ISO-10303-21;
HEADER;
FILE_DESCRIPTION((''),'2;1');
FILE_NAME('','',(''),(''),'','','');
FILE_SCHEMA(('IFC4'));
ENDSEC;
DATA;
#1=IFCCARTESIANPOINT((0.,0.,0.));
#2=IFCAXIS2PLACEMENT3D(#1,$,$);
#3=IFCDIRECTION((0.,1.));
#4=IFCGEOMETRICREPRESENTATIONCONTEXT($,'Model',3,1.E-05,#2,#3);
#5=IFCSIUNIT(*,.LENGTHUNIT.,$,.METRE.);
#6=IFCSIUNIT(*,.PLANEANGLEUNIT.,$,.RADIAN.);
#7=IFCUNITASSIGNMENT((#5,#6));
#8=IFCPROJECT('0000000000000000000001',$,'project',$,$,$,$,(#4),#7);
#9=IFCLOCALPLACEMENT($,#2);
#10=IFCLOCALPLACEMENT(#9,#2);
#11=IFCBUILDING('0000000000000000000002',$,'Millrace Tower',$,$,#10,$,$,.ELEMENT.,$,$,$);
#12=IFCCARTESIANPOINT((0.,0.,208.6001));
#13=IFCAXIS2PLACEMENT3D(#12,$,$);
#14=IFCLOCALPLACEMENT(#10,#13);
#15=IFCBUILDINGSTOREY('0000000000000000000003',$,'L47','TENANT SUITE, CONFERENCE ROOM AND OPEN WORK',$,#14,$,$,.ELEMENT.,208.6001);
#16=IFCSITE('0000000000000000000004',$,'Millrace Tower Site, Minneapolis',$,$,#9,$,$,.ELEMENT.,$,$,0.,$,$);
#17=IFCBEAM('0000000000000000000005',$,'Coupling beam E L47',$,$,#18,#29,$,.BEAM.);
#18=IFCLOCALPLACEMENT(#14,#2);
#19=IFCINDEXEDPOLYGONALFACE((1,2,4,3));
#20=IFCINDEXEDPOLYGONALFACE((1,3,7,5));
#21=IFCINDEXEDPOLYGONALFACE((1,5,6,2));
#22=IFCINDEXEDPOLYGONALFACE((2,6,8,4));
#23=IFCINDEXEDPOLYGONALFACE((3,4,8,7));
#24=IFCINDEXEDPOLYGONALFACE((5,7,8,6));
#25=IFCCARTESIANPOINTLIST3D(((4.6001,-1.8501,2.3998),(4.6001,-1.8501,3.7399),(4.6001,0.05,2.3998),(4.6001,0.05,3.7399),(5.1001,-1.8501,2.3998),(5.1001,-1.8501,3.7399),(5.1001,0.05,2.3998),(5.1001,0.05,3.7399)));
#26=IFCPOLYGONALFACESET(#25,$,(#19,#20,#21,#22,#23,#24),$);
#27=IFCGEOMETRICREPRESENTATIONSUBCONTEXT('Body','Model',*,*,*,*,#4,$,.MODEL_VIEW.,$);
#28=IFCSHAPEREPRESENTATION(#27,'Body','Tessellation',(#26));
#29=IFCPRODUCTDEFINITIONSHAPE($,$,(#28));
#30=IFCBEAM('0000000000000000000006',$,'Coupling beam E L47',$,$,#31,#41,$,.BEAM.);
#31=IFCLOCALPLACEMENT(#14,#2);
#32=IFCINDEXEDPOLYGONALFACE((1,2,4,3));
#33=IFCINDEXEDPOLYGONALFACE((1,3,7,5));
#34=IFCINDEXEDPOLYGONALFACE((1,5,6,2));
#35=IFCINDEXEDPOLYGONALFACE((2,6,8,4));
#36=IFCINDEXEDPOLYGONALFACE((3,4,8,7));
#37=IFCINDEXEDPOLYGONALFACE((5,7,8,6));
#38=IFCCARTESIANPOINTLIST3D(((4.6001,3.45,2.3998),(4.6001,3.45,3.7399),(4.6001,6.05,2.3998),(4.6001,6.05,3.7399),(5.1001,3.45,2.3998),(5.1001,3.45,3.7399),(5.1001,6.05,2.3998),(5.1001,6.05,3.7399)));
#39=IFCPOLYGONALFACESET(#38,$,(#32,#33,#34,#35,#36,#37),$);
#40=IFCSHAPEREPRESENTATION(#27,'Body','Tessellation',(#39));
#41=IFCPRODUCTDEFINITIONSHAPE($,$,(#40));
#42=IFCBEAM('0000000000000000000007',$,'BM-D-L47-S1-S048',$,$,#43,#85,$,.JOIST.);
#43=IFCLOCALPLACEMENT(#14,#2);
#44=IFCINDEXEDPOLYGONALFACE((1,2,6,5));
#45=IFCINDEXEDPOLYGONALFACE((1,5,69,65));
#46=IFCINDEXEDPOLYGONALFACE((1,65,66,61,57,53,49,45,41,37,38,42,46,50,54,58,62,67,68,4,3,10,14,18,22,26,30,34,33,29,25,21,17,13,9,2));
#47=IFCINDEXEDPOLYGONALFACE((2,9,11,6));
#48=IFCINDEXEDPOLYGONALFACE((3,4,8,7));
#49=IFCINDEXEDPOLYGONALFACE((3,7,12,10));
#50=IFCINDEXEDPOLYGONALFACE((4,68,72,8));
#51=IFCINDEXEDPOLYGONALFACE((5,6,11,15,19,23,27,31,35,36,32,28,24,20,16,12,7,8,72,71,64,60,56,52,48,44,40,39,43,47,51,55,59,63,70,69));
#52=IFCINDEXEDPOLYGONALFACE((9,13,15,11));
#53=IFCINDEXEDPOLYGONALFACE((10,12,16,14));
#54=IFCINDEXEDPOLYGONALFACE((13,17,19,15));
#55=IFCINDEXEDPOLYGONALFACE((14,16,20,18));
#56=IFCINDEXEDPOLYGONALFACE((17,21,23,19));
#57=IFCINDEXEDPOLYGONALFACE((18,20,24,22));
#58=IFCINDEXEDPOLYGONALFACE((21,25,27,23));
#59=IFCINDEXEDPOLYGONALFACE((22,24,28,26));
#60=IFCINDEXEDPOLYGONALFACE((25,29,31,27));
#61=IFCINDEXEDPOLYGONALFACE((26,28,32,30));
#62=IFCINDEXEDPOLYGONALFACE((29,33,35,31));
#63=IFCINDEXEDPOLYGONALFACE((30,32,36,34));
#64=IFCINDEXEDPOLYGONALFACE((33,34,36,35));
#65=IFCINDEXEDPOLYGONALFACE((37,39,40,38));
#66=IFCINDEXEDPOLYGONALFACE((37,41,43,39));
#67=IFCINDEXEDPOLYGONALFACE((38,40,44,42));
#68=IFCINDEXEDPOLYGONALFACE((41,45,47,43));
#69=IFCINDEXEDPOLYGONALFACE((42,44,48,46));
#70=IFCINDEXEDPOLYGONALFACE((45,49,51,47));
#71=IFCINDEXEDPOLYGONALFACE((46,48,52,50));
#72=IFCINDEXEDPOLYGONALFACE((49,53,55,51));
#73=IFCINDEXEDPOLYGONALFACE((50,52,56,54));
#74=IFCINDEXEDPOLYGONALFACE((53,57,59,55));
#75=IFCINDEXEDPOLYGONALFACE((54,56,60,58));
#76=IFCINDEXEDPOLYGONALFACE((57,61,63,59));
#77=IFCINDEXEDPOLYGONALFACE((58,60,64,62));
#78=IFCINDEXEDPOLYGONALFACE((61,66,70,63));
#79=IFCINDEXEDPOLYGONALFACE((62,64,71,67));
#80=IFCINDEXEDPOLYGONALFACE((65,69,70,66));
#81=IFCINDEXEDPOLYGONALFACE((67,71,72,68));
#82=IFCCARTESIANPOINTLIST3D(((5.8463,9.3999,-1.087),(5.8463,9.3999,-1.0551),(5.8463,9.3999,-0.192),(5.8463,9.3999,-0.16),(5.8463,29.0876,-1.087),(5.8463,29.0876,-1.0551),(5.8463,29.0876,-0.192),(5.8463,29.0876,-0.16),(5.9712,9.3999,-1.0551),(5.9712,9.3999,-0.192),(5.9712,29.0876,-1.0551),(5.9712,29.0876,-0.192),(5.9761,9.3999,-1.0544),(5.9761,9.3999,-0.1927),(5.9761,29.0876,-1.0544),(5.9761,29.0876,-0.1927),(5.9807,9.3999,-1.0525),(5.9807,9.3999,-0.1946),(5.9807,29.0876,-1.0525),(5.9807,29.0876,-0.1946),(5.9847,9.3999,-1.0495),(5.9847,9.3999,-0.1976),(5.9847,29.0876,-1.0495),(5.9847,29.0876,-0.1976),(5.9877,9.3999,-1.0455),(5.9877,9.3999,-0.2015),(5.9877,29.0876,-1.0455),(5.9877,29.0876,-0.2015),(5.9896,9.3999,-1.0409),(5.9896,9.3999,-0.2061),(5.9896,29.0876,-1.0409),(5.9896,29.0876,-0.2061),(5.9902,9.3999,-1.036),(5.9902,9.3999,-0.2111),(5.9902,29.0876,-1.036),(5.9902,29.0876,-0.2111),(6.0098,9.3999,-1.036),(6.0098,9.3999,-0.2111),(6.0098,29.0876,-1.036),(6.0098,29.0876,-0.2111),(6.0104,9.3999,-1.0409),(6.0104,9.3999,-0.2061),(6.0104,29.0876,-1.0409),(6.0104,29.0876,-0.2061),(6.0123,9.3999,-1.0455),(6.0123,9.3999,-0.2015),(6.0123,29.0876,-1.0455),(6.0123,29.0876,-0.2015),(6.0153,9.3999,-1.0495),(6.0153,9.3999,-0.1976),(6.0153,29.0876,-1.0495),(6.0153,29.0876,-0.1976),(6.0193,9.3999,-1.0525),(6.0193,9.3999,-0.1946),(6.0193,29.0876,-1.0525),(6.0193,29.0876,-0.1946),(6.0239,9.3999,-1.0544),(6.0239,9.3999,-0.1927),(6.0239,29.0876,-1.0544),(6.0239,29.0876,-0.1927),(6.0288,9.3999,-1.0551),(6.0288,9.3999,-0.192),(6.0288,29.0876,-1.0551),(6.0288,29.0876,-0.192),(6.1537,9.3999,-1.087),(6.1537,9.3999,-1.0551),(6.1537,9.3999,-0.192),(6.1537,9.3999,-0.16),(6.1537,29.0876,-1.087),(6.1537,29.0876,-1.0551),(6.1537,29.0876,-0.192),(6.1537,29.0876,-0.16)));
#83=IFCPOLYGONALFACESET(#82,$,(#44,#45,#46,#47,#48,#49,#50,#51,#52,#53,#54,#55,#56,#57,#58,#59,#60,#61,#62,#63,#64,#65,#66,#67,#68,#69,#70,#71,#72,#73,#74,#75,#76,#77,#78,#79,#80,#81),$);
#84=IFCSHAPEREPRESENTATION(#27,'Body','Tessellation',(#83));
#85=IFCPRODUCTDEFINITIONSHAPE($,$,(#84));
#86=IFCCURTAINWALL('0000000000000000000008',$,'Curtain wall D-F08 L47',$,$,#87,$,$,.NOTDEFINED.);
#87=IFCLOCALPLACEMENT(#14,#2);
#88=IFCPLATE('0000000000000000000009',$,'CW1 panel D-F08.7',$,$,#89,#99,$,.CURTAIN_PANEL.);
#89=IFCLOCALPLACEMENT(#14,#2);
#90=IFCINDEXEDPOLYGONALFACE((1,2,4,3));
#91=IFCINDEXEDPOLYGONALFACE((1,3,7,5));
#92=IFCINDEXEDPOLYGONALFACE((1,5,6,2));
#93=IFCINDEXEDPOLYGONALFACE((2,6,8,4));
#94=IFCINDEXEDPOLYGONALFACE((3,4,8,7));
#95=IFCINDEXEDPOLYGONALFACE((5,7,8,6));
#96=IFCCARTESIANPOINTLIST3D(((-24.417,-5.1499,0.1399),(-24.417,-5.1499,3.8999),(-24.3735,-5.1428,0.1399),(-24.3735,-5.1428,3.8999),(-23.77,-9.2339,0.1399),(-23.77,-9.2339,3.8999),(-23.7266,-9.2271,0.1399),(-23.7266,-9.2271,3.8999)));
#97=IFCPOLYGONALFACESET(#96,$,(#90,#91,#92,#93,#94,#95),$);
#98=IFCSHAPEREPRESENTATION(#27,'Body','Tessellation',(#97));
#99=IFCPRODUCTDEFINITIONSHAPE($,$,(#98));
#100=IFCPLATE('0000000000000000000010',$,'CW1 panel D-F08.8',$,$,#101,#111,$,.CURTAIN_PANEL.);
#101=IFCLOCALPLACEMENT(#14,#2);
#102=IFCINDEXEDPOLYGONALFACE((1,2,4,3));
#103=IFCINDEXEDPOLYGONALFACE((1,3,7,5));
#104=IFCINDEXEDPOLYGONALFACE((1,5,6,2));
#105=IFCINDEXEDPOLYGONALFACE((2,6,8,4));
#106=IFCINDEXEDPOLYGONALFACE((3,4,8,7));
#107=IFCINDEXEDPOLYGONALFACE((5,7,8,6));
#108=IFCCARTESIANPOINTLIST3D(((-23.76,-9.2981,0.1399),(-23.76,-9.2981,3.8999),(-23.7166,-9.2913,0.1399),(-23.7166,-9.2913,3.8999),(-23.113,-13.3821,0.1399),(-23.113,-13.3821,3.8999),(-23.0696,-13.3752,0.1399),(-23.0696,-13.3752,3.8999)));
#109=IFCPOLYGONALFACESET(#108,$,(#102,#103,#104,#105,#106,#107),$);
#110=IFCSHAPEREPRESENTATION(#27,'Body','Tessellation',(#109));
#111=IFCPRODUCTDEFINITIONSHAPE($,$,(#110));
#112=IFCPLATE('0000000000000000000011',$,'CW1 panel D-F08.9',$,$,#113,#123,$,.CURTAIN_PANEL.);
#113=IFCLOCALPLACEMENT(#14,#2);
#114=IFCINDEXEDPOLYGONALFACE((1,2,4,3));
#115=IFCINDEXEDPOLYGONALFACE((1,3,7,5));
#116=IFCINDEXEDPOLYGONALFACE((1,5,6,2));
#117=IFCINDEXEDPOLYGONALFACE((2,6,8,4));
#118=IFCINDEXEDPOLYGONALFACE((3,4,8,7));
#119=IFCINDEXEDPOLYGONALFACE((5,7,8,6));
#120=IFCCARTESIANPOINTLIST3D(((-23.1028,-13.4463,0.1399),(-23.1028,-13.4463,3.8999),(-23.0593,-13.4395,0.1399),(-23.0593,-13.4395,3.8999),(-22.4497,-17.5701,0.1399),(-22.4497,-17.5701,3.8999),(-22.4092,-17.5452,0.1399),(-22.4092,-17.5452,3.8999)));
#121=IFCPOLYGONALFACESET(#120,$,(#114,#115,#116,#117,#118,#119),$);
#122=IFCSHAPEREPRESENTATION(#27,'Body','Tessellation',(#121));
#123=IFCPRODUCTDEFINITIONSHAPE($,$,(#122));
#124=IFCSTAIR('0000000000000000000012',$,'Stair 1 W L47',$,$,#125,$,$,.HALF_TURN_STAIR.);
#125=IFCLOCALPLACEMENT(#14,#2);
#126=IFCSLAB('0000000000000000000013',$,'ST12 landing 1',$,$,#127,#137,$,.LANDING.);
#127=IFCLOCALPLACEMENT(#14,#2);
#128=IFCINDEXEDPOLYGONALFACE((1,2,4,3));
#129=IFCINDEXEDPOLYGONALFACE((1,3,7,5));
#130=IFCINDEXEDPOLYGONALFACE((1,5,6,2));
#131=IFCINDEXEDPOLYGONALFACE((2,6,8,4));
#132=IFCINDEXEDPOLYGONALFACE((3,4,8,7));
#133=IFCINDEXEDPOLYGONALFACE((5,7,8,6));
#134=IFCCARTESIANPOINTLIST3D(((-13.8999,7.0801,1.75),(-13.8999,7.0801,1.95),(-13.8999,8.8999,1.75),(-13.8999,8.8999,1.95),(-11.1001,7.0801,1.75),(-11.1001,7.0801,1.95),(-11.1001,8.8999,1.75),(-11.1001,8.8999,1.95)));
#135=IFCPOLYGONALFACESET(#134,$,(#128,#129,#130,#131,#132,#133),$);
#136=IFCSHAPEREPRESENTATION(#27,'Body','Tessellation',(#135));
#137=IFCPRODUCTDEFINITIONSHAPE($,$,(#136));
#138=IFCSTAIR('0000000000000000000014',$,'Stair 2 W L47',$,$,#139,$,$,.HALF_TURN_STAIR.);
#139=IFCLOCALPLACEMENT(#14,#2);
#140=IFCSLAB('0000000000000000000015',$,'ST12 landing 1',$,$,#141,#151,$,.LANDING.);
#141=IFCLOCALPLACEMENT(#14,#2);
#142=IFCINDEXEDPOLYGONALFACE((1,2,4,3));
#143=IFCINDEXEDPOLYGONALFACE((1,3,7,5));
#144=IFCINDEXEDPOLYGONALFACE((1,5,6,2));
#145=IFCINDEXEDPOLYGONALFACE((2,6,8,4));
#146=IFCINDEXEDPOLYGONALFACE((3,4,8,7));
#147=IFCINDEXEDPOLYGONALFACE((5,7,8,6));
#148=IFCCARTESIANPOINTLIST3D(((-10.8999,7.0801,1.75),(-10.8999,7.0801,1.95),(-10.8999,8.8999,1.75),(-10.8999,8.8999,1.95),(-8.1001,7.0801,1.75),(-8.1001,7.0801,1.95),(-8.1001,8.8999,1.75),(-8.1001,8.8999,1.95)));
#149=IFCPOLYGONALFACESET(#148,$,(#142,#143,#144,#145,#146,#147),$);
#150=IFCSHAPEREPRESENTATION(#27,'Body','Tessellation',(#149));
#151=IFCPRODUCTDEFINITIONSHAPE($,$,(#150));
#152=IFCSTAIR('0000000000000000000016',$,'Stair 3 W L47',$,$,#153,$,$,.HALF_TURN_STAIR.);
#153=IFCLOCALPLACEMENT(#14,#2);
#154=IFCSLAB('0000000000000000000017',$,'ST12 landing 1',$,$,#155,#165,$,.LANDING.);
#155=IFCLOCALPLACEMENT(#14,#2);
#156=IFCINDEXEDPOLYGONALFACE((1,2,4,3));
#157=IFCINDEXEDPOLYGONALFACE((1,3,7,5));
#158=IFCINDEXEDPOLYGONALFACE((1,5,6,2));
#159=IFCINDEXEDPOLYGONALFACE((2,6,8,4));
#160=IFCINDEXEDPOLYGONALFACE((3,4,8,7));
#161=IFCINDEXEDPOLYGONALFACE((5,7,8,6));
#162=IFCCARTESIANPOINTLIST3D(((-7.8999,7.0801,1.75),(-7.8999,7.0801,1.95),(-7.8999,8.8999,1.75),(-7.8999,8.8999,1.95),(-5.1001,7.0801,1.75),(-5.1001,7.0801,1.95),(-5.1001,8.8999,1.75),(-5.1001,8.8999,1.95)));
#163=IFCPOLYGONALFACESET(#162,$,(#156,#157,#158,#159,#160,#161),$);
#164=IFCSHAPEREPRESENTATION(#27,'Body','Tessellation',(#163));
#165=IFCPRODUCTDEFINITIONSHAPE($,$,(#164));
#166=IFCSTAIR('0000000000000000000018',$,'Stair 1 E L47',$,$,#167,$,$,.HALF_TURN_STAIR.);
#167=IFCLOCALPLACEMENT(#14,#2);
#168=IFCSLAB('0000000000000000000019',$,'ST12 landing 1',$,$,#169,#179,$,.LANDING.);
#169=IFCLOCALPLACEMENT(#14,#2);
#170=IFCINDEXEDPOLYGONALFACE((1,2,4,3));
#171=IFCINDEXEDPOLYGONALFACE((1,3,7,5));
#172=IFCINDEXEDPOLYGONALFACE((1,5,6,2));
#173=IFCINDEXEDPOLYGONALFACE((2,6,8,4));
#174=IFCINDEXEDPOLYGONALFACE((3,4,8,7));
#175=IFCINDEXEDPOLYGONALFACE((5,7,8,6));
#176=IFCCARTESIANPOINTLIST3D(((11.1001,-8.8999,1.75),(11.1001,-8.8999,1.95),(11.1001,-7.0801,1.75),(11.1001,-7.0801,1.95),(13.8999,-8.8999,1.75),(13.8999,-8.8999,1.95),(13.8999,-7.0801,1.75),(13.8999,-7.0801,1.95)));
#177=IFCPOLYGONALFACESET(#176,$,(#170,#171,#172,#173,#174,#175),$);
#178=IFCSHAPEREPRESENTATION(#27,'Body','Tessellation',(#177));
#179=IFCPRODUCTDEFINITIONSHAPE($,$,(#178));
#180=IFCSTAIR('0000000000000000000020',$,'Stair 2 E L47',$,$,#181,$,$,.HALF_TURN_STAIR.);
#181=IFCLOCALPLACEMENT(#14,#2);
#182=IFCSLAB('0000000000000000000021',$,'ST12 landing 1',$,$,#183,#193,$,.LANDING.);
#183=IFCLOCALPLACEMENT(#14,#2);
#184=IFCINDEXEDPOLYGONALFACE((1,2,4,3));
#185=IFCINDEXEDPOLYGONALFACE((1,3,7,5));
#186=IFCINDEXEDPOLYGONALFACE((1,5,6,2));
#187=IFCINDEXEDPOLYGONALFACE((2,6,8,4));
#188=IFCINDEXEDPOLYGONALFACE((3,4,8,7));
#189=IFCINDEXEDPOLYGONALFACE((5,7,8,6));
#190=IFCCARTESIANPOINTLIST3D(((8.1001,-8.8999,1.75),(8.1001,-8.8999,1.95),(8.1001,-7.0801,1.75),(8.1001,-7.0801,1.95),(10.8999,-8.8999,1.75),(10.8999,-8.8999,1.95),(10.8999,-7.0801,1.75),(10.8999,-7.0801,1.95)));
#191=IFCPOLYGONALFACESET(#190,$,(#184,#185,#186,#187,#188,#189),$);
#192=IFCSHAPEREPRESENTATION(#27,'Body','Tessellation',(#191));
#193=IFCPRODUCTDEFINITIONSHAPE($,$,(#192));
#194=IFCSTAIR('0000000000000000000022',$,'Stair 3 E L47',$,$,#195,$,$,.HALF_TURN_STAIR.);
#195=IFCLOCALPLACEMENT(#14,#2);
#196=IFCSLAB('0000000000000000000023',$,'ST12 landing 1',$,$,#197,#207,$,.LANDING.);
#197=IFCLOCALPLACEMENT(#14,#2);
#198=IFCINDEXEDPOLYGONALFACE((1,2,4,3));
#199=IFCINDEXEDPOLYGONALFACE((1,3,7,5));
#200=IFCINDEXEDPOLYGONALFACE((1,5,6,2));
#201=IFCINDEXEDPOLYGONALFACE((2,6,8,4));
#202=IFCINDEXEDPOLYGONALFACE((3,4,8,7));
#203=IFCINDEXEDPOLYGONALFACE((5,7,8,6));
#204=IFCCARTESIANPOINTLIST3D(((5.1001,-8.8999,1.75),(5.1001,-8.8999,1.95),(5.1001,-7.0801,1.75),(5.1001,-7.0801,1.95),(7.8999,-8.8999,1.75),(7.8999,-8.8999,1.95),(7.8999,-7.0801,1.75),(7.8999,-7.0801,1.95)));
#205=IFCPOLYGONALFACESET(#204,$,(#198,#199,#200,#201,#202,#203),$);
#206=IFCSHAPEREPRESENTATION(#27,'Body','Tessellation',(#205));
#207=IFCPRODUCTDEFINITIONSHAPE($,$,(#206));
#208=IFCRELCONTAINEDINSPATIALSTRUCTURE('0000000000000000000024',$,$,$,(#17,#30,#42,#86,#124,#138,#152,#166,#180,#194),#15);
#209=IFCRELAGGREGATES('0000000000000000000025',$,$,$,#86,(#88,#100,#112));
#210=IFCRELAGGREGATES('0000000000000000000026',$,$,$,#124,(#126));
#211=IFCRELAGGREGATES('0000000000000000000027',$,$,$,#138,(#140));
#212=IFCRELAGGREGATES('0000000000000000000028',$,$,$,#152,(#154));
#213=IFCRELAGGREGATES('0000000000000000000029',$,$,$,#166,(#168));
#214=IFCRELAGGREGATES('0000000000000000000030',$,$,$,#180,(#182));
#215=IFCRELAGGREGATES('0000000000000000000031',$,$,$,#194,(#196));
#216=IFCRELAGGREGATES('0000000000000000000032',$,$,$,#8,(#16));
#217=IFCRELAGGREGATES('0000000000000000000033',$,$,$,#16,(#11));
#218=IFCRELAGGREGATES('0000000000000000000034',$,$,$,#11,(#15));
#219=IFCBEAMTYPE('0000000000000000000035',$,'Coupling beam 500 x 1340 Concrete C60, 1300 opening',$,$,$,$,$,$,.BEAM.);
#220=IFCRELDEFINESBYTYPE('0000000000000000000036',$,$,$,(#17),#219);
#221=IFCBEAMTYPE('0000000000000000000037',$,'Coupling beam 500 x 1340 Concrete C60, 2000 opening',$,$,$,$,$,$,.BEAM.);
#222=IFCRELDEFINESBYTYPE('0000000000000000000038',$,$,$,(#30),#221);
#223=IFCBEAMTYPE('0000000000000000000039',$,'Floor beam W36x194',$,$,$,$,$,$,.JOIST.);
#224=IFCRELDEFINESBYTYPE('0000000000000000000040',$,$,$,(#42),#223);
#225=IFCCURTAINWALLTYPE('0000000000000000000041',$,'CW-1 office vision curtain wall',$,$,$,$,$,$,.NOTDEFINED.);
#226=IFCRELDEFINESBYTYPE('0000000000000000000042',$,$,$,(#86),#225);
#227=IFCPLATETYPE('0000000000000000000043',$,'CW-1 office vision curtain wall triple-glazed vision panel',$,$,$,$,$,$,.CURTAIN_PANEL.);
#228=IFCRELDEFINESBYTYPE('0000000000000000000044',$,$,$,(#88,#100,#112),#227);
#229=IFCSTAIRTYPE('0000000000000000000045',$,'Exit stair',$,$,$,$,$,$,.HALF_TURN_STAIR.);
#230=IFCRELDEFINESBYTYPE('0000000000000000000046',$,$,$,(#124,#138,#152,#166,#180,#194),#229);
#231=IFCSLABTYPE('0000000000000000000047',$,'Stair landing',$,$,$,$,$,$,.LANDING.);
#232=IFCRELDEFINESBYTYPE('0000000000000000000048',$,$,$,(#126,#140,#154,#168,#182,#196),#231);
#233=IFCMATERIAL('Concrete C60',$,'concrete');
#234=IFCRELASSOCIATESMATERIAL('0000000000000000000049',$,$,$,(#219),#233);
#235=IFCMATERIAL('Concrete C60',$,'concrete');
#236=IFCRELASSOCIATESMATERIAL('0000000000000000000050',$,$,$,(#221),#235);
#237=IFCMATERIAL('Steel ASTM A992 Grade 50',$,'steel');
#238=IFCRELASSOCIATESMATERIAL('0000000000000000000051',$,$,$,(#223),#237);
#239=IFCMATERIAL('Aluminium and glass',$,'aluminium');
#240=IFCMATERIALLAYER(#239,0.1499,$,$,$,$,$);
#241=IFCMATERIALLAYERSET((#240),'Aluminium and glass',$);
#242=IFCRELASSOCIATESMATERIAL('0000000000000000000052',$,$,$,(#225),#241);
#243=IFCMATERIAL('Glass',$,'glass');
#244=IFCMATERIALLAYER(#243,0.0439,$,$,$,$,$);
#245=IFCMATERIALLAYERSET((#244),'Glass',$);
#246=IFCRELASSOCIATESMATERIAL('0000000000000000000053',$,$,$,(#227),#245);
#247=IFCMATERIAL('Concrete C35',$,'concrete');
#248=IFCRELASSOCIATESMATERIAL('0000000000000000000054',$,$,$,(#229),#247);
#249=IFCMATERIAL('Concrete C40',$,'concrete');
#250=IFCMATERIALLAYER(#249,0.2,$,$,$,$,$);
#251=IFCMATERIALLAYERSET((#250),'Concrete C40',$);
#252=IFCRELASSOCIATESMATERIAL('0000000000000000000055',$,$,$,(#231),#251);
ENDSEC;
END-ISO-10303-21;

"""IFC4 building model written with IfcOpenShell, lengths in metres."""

from ifc_helpers import new_model, si_unit, direction, frame, origin, origin_2d, place, context, subcontext, project, spatial, polyline, rectangle, i_section, outline, extrude, material, layer, layer_set, material_profile, profile_set, type_object, element, aggregate, save


model = new_model("IFC4")

# Units and contexts
model_context = context("Model", 3, precision=1e-05, world=origin(), true_north=direction((0.0, 1.0)))
body_context = subcontext(model_context, "Body", "Model", "MODEL_VIEW")
ifc_project = project(units=[si_unit("LENGTHUNIT", "METRE"), si_unit("PLANEANGLEUNIT", "RADIAN")], contexts=[model_context])

# Site, building, storey
site_placement = place(None, origin())
site = spatial("IfcSite", under=ifc_project, at=site_placement, Name="Millrace Tower Site, Minneapolis", CompositionType="ELEMENT", RefElevation=0.0)
building_placement = place(site_placement, origin())
building = spatial("IfcBuilding", under=site, at=building_placement, Name="Millrace Tower", CompositionType="ELEMENT")
storey_placement = place(building_placement, frame((0.0, 0.0, 208.6001)))
storey = spatial("IfcBuildingStorey", under=building, at=storey_placement, Name="L47", Description="TENANT SUITE, CONFERENCE ROOM AND OPEN WORK", CompositionType="ELEMENT", Elevation=208.6001)

# Beams
ifc_material_1 = material(Name="Concrete C60", Category="concrete")
ifc_material_profile_1 = material_profile(ifc_material_1, rectangle(XDim=0.5, YDim=1.3401, at=origin_2d()))
ifc_profile_set_1 = profile_set([ifc_material_profile_1], Name="Concrete C60")
beam_type_1 = type_object("IfcBeamType", Name="Coupling beam 500 x 1340 Concrete C60, 1300 opening", PredefinedType="BEAM", material=ifc_profile_set_1)
beam_1_placement = place(storey_placement, frame((4.8501, 0.05, 3.0698), z_axis=(0.0, -1.0, 0.0), x_axis=(1.0, 0.0, 0.0)))
element("IfcBeam", 1, at=beam_1_placement, inside=storey, type_object=beam_type_1, Name="Coupling beam E L47", PredefinedType="BEAM", context=body_context, shape_type="SweptSolid", body=[
    extrude(rectangle(XDim=0.5, YDim=1.3401, at=origin_2d()), origin(), (0.0, 0.0, 1.0), 1.9001),
])
ifc_material_2 = material(Name="Concrete C60", Category="concrete")
ifc_material_profile_2 = material_profile(ifc_material_2, rectangle(XDim=0.5, YDim=1.3401, at=origin_2d()))
ifc_profile_set_2 = profile_set([ifc_material_profile_2], Name="Concrete C60")
beam_type_2 = type_object("IfcBeamType", Name="Coupling beam 500 x 1340 Concrete C60, 2000 opening", PredefinedType="BEAM", material=ifc_profile_set_2)
beam_2_placement = place(storey_placement, frame((4.8501, 6.05, 3.0698), z_axis=(0.0, -1.0, 0.0), x_axis=(1.0, 0.0, 0.0)))
element("IfcBeam", 2, at=beam_2_placement, inside=storey, type_object=beam_type_2, Name="Coupling beam E L47", PredefinedType="BEAM", context=body_context, shape_type="SweptSolid", body=[
    extrude(rectangle(XDim=0.5, YDim=1.3401, at=origin_2d()), origin(), (0.0, 0.0, 1.0), 2.6001),
])
ifc_material_3 = material(Name="Steel ASTM A992 Grade 50", Category="steel")
ifc_material_profile_3 = material_profile(ifc_material_3, i_section(OverallWidth=0.3074, OverallDepth=0.927, WebThickness=0.0195, FlangeThickness=0.032, FilletRadius=0.019, at=origin_2d()))
ifc_profile_set_3 = profile_set([ifc_material_profile_3], Name="Steel ASTM A992 Grade 50")
beam_type_3 = type_object("IfcBeamType", Name="Floor beam W36x194", PredefinedType="JOIST", material=ifc_profile_set_3)
beam_3_placement = place(storey_placement, frame((6.0, 9.3999, -0.6235), z_axis=(0.0, 1.0, 0.0), x_axis=(-1.0, 0.0, 0.0)))
element("IfcBeam", 3, at=beam_3_placement, inside=storey, type_object=beam_type_3, Name="BM-D-L47-S1-S048", PredefinedType="JOIST", context=body_context, shape_type="SweptSolid", body=[
    extrude(i_section(OverallWidth=0.3074, OverallDepth=0.927, WebThickness=0.0195, FlangeThickness=0.032, FilletRadius=0.019, at=origin_2d()), origin(), (0.0, 0.0, 1.0), 19.6877),
])

# Curtain wall, plates
ifc_material_4 = material(Name="Aluminium and glass", Category="aluminium")
ifc_layer_1 = layer(ifc_material_4, 0.1499)
ifc_layer_set_1 = layer_set([ifc_layer_1], Name="Aluminium and glass")
curtain_wall_type = type_object("IfcCurtainWallType", Name="CW-1 office vision curtain wall", PredefinedType="NOTDEFINED", material=ifc_layer_set_1)
placement_1 = place(storey_placement, origin())
curtain_wall = element("IfcCurtainWall", 4, at=placement_1, inside=storey, type_object=curtain_wall_type, Name="Curtain wall D-F08 L47", PredefinedType="NOTDEFINED")
ifc_material_5 = material(Name="Glass", Category="glass")
ifc_layer_2 = layer(ifc_material_5, 0.0439)
ifc_layer_set_2 = layer_set([ifc_layer_2], Name="Glass")
plate_type = type_object("IfcPlateType", Name="CW-1 office vision curtain wall triple-glazed vision panel", PredefinedType="CURTAIN_PANEL", material=ifc_layer_set_2)
placement_2 = place(storey_placement, frame((0.0, 0.0, 0.1399)))
plate_1 = element("IfcPlate", 5, at=placement_2, type_object=plate_type, Name="CW1 panel D-F08.7", PredefinedType="CURTAIN_PANEL", context=body_context, shape_type="SweptSolid", body=[
    extrude(outline(polyline([(-24.417, -5.1499), (-23.77, -9.2339), (-23.7266, -9.2271), (-24.3735, -5.1428), (-24.417, -5.1499)])), origin(), (0.0, 0.0, 1.0), 3.76),
])
plate_2 = element("IfcPlate", 6, at=placement_2, type_object=plate_type, Name="CW1 panel D-F08.8", PredefinedType="CURTAIN_PANEL", context=body_context, shape_type="SweptSolid", body=[
    extrude(outline(polyline([(-23.76, -9.2981), (-23.113, -13.3821), (-23.0696, -13.3752), (-23.7166, -9.2913), (-23.76, -9.2981)])), origin(), (0.0, 0.0, 1.0), 3.76),
])
plate_3 = element("IfcPlate", 7, at=placement_2, type_object=plate_type, Name="CW1 panel D-F08.9", PredefinedType="CURTAIN_PANEL", context=body_context, shape_type="SweptSolid", body=[
    extrude(outline(polyline([(-23.1028, -13.4463), (-22.4497, -17.5701), (-22.4092, -17.5452), (-23.0593, -13.4395), (-23.1028, -13.4463)])), origin(), (0.0, 0.0, 1.0), 3.76),
])
aggregate(curtain_wall, [plate_1, plate_2, plate_3])

# Stairs, slabs
ifc_material_6 = material(Name="Concrete C35", Category="concrete")
stair_type = type_object("IfcStairType", Name="Exit stair", PredefinedType="HALF_TURN_STAIR", material=ifc_material_6)
stair_1 = element("IfcStair", 8, at=placement_1, inside=storey, type_object=stair_type, Name="Stair 1 W L47", PredefinedType="HALF_TURN_STAIR")
ifc_material_7 = material(Name="Concrete C40", Category="concrete")
ifc_layer_3 = layer(ifc_material_7, 0.2)
ifc_layer_set_3 = layer_set([ifc_layer_3], Name="Concrete C40")
slab_type = type_object("IfcSlabType", Name="Stair landing", PredefinedType="LANDING", material=ifc_layer_set_3)
placement_3 = place(storey_placement, frame((0.0, 0.0, 1.75)))
slab_1 = element("IfcSlab", 9, at=placement_3, type_object=slab_type, Name="ST12 landing 1", PredefinedType="LANDING", context=body_context, shape_type="SweptSolid", body=[
    extrude(outline(polyline([(-13.8999, 7.0801), (-11.1001, 7.0801), (-11.1001, 8.8999), (-13.8999, 8.8999), (-13.8999, 7.0801)])), origin(), (0.0, 0.0, 1.0), 0.2),
])
aggregate(stair_1, [slab_1])
stair_2 = element("IfcStair", 10, at=placement_1, inside=storey, type_object=stair_type, Name="Stair 2 W L47", PredefinedType="HALF_TURN_STAIR")
slab_2 = element("IfcSlab", 11, at=placement_3, type_object=slab_type, Name="ST12 landing 1", PredefinedType="LANDING", context=body_context, shape_type="SweptSolid", body=[
    extrude(outline(polyline([(-10.8999, 7.0801), (-8.1001, 7.0801), (-8.1001, 8.8999), (-10.8999, 8.8999), (-10.8999, 7.0801)])), origin(), (0.0, 0.0, 1.0), 0.2),
])
aggregate(stair_2, [slab_2])
stair_3 = element("IfcStair", 12, at=placement_1, inside=storey, type_object=stair_type, Name="Stair 3 W L47", PredefinedType="HALF_TURN_STAIR")
slab_3 = element("IfcSlab", 13, at=placement_3, type_object=slab_type, Name="ST12 landing 1", PredefinedType="LANDING", context=body_context, shape_type="SweptSolid", body=[
    extrude(outline(polyline([(-7.8999, 7.0801), (-5.1001, 7.0801), (-5.1001, 8.8999), (-7.8999, 8.8999), (-7.8999, 7.0801)])), origin(), (0.0, 0.0, 1.0), 0.2),
])
aggregate(stair_3, [slab_3])
stair_4 = element("IfcStair", 14, at=placement_1, inside=storey, type_object=stair_type, Name="Stair 1 E L47", PredefinedType="HALF_TURN_STAIR")
slab_4 = element("IfcSlab", 15, at=placement_3, type_object=slab_type, Name="ST12 landing 1", PredefinedType="LANDING", context=body_context, shape_type="SweptSolid", body=[
    extrude(outline(polyline([(11.1001, -8.8999), (13.8999, -8.8999), (13.8999, -7.0801), (11.1001, -7.0801), (11.1001, -8.8999)])), origin(), (0.0, 0.0, 1.0), 0.2),
])
aggregate(stair_4, [slab_4])
stair_5 = element("IfcStair", 16, at=placement_1, inside=storey, type_object=stair_type, Name="Stair 2 E L47", PredefinedType="HALF_TURN_STAIR")
slab_5 = element("IfcSlab", 17, at=placement_3, type_object=slab_type, Name="ST12 landing 1", PredefinedType="LANDING", context=body_context, shape_type="SweptSolid", body=[
    extrude(outline(polyline([(8.1001, -8.8999), (10.8999, -8.8999), (10.8999, -7.0801), (8.1001, -7.0801), (8.1001, -8.8999)])), origin(), (0.0, 0.0, 1.0), 0.2),
])
aggregate(stair_5, [slab_5])
stair_6 = element("IfcStair", 18, at=placement_1, inside=storey, type_object=stair_type, Name="Stair 3 E L47", PredefinedType="HALF_TURN_STAIR")
slab_6 = element("IfcSlab", 19, at=placement_3, type_object=slab_type, Name="ST12 landing 1", PredefinedType="LANDING", context=body_context, shape_type="SweptSolid", body=[
    extrude(outline(polyline([(5.1001, -8.8999), (7.8999, -8.8999), (7.8999, -7.0801), (5.1001, -7.0801), (5.1001, -8.8999)])), origin(), (0.0, 0.0, 1.0), 0.2),
])
aggregate(stair_6, [slab_6])

save(model, "model.ifc")
